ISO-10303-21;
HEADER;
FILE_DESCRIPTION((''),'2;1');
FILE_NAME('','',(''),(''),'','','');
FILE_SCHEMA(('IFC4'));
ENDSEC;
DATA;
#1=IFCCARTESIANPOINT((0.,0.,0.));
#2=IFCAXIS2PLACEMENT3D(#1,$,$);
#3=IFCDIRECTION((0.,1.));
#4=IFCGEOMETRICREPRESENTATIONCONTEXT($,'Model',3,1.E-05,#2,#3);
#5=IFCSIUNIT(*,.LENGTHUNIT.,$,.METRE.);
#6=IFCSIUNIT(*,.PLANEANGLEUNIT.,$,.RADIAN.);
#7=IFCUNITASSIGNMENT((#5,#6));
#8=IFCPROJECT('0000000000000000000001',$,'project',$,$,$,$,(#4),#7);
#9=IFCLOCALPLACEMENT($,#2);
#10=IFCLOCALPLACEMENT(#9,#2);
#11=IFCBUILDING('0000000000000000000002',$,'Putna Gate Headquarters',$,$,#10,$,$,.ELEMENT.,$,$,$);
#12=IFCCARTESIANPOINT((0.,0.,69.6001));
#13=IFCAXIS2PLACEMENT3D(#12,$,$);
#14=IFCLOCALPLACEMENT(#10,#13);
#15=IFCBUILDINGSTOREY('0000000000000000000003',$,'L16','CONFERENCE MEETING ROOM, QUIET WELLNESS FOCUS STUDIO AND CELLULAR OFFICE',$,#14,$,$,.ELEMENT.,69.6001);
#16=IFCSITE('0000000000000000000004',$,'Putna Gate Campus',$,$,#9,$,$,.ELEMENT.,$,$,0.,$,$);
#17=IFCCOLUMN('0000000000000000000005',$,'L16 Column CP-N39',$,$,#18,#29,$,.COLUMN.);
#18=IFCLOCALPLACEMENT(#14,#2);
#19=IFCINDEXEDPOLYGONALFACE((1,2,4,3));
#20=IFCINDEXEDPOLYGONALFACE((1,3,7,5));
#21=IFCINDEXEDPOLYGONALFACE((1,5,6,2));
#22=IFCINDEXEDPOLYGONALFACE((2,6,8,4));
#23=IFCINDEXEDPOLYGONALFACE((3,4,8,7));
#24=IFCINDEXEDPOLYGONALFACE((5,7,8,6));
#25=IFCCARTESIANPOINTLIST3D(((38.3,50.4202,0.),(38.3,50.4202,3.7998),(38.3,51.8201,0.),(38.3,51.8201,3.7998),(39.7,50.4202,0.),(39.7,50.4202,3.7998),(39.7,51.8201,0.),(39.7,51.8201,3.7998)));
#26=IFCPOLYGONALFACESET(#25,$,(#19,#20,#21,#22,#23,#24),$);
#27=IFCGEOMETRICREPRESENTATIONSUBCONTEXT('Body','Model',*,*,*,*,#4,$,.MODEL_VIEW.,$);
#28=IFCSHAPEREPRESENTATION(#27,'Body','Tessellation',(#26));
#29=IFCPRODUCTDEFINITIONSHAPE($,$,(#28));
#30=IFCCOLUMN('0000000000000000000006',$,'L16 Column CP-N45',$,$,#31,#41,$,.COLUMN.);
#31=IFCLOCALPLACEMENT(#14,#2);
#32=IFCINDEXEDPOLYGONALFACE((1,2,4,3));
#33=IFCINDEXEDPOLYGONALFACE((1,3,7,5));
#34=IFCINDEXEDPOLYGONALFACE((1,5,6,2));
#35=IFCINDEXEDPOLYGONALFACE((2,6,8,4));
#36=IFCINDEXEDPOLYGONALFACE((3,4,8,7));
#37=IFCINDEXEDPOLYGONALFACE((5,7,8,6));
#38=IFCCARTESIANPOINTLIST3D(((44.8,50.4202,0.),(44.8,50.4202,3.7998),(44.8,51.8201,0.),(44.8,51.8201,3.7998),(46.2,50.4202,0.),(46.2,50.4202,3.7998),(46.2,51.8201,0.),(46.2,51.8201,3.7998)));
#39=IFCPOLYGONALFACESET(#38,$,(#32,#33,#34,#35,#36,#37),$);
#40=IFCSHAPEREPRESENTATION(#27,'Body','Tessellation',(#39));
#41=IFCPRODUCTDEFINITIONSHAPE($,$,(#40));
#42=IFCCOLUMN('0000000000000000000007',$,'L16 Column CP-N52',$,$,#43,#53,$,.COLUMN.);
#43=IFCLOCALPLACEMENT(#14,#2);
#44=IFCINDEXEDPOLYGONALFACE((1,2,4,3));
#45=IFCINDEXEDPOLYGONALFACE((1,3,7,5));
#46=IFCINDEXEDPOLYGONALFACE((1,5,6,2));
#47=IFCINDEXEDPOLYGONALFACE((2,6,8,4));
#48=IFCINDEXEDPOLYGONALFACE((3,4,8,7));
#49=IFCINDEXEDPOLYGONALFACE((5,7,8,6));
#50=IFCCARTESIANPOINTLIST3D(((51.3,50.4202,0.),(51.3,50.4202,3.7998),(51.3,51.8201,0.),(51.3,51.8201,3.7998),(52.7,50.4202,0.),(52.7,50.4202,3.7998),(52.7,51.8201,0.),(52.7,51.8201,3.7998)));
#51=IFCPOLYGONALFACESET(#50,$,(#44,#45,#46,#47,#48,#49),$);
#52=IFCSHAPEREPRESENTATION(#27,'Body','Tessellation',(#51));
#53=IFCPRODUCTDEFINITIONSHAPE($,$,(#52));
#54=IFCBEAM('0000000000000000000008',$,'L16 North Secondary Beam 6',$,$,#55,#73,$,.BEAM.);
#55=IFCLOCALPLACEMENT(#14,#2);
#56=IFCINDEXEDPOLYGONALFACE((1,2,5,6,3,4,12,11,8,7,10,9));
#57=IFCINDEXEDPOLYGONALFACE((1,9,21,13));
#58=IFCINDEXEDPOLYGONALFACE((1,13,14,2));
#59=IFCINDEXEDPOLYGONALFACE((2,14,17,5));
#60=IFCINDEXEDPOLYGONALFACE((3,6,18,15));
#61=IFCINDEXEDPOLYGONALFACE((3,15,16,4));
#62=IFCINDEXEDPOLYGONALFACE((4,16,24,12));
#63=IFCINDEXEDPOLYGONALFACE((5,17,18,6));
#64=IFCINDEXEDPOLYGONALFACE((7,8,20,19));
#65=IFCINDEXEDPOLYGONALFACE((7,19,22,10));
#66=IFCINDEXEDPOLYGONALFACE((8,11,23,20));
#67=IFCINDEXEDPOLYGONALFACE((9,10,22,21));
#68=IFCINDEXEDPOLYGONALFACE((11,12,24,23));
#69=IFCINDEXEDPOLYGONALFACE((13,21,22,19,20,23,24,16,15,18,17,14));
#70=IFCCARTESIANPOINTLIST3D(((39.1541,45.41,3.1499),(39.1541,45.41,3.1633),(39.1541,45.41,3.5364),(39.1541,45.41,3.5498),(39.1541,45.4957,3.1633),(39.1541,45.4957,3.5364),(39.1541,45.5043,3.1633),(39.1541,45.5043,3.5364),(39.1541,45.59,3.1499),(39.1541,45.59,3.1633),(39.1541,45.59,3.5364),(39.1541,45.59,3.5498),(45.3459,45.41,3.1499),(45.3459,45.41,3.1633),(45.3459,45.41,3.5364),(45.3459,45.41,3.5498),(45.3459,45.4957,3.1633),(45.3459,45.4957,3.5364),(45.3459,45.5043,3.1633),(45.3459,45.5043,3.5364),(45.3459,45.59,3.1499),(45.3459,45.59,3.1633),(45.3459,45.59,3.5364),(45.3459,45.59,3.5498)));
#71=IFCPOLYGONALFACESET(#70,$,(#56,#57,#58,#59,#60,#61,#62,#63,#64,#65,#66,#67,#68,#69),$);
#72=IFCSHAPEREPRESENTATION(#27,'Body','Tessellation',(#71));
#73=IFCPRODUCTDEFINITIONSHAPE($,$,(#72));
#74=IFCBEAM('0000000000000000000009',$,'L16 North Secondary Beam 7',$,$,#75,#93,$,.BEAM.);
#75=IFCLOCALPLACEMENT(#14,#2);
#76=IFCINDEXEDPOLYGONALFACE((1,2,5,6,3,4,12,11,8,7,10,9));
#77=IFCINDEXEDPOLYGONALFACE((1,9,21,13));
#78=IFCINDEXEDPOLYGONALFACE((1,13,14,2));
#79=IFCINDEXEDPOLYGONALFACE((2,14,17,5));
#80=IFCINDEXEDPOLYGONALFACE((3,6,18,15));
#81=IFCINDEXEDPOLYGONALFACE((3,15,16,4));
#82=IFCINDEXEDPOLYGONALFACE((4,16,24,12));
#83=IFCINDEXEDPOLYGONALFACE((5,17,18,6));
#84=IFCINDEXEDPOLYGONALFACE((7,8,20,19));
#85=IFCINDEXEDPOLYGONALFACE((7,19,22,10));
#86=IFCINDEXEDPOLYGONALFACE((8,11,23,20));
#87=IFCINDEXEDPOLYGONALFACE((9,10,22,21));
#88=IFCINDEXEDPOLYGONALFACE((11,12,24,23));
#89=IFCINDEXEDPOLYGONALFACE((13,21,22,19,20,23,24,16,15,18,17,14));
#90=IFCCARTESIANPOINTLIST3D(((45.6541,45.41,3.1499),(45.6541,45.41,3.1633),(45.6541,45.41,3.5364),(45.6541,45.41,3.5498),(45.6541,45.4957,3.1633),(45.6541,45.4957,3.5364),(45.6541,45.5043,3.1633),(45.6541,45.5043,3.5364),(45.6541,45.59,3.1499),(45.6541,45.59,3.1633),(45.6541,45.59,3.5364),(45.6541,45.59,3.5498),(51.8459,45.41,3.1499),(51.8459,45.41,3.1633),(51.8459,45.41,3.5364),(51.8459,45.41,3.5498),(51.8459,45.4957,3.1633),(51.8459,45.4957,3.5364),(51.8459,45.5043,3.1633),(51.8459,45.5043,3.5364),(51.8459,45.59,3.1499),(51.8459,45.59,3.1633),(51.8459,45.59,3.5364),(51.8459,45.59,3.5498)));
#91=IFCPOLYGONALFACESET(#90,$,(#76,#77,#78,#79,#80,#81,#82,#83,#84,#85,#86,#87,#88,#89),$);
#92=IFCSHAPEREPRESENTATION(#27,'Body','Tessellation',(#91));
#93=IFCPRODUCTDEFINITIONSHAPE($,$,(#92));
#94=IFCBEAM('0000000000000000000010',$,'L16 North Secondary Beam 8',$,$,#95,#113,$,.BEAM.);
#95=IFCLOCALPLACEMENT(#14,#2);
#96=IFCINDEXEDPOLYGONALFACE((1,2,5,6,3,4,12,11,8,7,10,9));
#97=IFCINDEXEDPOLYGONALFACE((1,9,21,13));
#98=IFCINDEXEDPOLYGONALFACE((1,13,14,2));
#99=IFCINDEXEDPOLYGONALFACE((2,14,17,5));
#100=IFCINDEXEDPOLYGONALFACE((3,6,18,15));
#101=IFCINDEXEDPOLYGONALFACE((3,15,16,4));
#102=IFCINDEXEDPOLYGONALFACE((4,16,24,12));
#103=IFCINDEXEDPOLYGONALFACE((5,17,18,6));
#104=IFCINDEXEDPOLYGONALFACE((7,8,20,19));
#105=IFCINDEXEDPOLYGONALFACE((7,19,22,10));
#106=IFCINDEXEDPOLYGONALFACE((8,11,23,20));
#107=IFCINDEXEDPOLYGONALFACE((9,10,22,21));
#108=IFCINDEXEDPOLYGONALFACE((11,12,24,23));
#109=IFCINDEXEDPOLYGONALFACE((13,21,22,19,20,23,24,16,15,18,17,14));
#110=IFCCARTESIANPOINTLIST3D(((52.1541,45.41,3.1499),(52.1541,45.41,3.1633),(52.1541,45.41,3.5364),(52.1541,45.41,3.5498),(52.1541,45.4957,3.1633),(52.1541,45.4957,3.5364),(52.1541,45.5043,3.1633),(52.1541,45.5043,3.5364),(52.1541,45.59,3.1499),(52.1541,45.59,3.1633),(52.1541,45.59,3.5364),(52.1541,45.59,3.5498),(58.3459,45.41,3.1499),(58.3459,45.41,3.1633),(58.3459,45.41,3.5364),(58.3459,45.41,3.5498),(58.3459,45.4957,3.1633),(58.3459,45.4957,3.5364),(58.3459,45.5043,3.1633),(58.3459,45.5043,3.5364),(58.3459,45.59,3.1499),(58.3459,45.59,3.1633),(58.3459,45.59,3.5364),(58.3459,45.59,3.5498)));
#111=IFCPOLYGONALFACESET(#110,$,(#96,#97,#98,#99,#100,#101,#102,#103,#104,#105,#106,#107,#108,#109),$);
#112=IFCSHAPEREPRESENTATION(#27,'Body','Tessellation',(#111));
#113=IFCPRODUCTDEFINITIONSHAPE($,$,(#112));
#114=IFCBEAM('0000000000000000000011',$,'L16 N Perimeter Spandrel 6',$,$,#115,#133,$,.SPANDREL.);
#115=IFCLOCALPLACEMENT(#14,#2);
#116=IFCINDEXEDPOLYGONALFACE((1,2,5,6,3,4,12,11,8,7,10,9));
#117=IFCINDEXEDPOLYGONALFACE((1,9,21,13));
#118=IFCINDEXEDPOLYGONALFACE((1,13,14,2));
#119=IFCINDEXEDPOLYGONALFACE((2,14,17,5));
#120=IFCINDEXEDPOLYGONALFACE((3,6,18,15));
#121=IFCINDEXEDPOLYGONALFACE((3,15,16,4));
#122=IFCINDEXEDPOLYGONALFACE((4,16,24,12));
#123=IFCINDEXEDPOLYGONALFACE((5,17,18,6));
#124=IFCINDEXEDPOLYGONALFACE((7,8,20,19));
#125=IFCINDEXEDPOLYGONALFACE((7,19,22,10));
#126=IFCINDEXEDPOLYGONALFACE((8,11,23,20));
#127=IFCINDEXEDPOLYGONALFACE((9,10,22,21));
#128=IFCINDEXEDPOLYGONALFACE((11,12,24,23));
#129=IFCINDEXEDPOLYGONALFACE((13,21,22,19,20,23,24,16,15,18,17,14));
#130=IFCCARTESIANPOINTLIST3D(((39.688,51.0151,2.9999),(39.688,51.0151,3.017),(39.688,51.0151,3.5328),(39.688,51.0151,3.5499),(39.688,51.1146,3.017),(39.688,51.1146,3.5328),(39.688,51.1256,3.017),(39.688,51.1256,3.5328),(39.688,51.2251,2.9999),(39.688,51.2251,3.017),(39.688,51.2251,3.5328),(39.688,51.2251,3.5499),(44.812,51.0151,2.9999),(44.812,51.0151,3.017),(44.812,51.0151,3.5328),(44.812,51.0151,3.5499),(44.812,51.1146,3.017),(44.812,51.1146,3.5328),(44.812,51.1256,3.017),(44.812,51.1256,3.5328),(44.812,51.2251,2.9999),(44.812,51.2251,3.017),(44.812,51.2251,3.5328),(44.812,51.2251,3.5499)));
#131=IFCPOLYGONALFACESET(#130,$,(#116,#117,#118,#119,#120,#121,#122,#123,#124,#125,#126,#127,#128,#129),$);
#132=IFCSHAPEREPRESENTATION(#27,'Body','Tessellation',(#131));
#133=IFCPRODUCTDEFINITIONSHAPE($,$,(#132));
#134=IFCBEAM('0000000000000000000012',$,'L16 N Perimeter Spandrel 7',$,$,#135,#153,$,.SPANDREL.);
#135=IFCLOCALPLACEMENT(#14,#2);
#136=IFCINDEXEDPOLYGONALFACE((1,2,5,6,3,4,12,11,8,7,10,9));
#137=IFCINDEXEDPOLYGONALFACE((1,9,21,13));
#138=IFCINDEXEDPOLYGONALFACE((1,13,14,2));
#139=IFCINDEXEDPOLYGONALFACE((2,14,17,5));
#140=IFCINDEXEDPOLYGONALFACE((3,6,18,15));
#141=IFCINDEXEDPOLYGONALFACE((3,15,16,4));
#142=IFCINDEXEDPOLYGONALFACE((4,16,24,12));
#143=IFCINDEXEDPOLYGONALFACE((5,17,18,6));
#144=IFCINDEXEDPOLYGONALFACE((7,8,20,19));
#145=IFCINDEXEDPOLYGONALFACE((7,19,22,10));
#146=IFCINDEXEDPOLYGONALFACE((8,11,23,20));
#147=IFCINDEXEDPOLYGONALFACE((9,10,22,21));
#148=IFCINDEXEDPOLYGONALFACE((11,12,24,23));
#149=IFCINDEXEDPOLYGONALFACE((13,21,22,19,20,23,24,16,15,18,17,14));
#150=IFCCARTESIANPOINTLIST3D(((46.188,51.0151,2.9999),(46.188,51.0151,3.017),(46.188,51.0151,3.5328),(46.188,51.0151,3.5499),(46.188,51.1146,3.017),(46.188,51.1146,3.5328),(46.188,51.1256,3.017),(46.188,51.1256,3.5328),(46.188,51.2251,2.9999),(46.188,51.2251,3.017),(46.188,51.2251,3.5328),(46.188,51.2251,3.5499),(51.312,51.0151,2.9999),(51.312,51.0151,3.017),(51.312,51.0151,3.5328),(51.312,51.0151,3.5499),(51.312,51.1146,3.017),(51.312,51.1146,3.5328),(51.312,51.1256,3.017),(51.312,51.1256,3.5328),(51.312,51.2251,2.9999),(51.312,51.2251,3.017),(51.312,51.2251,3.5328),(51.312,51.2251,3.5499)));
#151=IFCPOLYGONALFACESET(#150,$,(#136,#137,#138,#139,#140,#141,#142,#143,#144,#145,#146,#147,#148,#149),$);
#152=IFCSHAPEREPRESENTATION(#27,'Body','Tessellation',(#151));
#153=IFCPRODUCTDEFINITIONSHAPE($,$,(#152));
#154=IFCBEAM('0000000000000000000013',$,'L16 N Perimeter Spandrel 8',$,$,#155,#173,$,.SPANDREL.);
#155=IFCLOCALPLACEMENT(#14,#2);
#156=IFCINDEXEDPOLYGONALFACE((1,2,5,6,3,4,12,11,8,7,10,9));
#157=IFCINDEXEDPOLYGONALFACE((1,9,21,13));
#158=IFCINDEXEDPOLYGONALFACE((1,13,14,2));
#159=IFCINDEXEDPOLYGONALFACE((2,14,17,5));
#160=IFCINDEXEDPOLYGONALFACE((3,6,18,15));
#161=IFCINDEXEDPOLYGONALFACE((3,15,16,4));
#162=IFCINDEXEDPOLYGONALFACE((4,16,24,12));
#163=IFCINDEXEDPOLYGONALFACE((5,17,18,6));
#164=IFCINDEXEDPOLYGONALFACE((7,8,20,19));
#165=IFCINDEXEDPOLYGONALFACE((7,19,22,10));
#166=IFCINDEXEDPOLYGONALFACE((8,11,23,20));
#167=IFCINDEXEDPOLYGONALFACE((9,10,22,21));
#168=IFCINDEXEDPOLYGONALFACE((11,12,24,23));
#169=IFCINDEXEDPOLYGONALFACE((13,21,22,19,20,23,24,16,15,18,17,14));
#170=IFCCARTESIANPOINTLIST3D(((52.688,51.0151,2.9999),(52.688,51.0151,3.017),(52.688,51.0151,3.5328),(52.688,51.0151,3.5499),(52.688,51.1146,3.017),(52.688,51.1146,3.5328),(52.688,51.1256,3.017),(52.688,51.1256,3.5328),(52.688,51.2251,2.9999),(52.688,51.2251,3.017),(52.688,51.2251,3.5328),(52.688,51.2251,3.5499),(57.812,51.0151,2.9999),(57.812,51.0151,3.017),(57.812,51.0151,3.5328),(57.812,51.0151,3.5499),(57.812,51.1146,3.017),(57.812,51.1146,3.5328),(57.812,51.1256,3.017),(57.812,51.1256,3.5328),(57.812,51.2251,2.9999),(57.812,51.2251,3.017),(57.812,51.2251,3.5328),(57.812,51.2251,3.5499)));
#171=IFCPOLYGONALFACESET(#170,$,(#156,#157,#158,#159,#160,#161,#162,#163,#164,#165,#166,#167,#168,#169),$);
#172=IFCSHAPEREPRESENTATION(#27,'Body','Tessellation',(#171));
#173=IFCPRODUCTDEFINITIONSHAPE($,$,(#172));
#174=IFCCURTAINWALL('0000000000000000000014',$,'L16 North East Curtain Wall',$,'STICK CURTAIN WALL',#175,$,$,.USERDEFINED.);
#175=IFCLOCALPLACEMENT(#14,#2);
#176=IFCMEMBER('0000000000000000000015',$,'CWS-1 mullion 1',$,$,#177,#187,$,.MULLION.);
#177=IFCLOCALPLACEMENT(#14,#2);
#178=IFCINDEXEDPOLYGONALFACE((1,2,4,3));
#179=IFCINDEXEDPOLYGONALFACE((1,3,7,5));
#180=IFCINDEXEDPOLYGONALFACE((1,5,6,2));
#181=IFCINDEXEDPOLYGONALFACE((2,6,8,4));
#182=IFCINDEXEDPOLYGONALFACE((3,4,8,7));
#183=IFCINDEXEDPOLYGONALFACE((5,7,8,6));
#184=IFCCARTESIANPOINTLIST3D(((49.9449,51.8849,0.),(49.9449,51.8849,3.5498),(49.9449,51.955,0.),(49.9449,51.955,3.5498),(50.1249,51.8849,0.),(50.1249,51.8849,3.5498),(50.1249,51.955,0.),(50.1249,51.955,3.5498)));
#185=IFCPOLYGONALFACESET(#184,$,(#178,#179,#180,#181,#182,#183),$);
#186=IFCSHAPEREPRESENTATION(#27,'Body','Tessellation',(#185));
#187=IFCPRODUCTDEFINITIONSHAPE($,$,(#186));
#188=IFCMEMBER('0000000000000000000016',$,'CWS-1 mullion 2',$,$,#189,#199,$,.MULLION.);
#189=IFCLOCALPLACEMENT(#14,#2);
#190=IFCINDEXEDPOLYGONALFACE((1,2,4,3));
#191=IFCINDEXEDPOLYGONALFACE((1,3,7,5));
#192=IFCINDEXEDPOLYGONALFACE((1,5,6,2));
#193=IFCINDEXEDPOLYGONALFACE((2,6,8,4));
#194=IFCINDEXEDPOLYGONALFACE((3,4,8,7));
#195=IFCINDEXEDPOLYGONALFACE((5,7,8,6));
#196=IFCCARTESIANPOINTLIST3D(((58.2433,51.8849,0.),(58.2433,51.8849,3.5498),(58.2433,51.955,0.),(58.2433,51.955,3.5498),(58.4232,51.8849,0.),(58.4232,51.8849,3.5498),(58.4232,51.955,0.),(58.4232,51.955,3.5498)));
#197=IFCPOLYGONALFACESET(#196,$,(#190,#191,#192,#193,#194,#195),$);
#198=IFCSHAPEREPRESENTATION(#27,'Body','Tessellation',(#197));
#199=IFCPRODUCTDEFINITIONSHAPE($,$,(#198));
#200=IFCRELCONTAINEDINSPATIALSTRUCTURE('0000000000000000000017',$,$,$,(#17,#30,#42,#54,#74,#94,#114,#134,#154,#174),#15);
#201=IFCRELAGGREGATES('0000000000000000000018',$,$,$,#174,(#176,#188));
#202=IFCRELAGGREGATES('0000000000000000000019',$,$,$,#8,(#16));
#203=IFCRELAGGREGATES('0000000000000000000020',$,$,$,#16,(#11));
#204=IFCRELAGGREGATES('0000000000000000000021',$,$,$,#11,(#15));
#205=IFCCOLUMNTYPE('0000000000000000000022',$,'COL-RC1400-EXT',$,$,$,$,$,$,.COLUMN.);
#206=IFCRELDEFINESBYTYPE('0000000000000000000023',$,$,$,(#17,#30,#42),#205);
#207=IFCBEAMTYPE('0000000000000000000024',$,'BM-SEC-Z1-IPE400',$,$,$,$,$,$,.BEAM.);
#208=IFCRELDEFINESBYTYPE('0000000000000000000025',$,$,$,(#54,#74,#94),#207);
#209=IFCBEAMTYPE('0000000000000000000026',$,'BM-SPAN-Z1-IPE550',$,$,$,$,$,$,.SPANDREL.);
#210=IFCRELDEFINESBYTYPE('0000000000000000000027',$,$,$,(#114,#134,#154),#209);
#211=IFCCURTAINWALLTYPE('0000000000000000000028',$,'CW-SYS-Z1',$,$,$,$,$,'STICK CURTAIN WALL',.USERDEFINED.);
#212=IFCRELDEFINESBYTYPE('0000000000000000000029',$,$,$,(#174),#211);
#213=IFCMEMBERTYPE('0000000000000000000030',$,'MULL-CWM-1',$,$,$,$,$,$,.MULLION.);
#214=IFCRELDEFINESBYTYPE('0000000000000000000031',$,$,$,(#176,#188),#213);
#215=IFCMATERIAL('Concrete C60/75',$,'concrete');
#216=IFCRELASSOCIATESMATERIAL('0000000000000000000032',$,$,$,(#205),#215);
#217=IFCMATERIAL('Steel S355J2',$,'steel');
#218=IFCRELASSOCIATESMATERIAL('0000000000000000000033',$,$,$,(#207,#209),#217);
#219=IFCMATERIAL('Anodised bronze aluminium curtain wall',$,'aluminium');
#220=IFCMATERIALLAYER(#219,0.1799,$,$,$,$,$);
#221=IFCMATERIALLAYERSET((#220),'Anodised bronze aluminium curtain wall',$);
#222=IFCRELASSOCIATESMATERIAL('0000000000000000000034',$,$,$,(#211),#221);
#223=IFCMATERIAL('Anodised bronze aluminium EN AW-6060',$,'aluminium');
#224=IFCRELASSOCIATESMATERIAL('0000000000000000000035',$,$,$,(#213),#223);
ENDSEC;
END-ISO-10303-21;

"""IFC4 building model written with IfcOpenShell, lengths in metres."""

from ifc_helpers import new_model, si_unit, direction, frame, origin, origin_2d, place, context, subcontext, project, spatial, rectangle, i_section, extrude, material, layer, layer_set, material_profile, profile_set, type_object, element, aggregate, save


model = new_model("IFC4")

# Units and contexts
model_context = context("Model", 3, precision=1e-05, world=origin(), true_north=direction((0.0, 1.0)))
body_context = subcontext(model_context, "Body", "Model", "MODEL_VIEW")
ifc_project = project(units=[si_unit("LENGTHUNIT", "METRE"), si_unit("PLANEANGLEUNIT", "RADIAN")], contexts=[model_context])

# Site, building, storey
site_placement = place(None, origin())
site = spatial("IfcSite", under=ifc_project, at=site_placement, Name="Putna Gate Campus", CompositionType="ELEMENT", RefElevation=0.0)
building_placement = place(site_placement, origin())
building = spatial("IfcBuilding", under=site, at=building_placement, Name="Putna Gate Headquarters", CompositionType="ELEMENT")
storey_placement = place(building_placement, frame((0.0, 0.0, 69.6001)))
storey = spatial("IfcBuildingStorey", under=building, at=storey_placement, Name="L16", Description="CONFERENCE MEETING ROOM, QUIET WELLNESS FOCUS STUDIO AND CELLULAR OFFICE", CompositionType="ELEMENT", Elevation=69.6001)

# Columns
ifc_material_1 = material(Name="Concrete C60/75", Category="concrete")
ifc_material_profile_1 = material_profile(ifc_material_1, rectangle(XDim=1.3999, YDim=1.3999, at=origin_2d()), Name="Concrete C60/75")
ifc_profile_set_1 = profile_set([ifc_material_profile_1], Name="Concrete C60/75")
column_type = type_object("IfcColumnType", Name="COL-RC1400-EXT", PredefinedType="COLUMN", material=ifc_profile_set_1)
for number, where, z_axis, x_axis, name in (
    (1, (39.0, 51.1201, 0.0), (0.0, 0.0, 1.0), (1.0, 0.0, 0.0), "L16 Column CP-N39"),
    (2, (45.5, 51.1201, 0.0), (0.0, 0.0, 1.0), (1.0, 0.0, 0.0), "L16 Column CP-N45"),
    (3, (52.0, 51.1201, 0.0), (0.0, 0.0, 1.0), (1.0, 0.0, 0.0), "L16 Column CP-N52"),
):
    element("IfcColumn", number, at=place(storey_placement, frame(where, z_axis=z_axis, x_axis=x_axis)), inside=storey, type_object=column_type, Name=name, PredefinedType="COLUMN", context=body_context, shape_type="SweptSolid", body=[
        extrude(rectangle(XDim=1.3999, YDim=1.3999, at=origin_2d()), origin(), (0.0, 0.0, 1.0), 3.7998),
    ])

# Beams
ifc_material_2 = material(Name="Steel S355J2", Category="steel")
ifc_material_profile_2 = material_profile(ifc_material_2, i_section(OverallWidth=0.1799, OverallDepth=0.3999, WebThickness=0.0085, FlangeThickness=0.0134, at=origin_2d()), Name="Steel S355J2")
ifc_profile_set_2 = profile_set([ifc_material_profile_2], Name="Steel S355J2")
beam_type_1 = type_object("IfcBeamType", Name="BM-SEC-Z1-IPE400", PredefinedType="BEAM", material=ifc_profile_set_2)
for number, where, z_axis, x_axis, name in (
    (4, (39.1541, 45.5, 3.3499), (1.0, 0.0, 0.0), (0.0, 1.0, 0.0), "L16 North Secondary Beam 6"),
    (5, (45.6541, 45.5, 3.3499), (1.0, 0.0, 0.0), (0.0, 1.0, 0.0), "L16 North Secondary Beam 7"),
    (6, (52.1541, 45.5, 3.3499), (1.0, 0.0, 0.0), (0.0, 1.0, 0.0), "L16 North Secondary Beam 8"),
):
    element("IfcBeam", number, at=place(storey_placement, frame(where, z_axis=z_axis, x_axis=x_axis)), inside=storey, type_object=beam_type_1, Name=name, PredefinedType="BEAM", context=body_context, shape_type="SweptSolid", body=[
        extrude(i_section(OverallWidth=0.1799, OverallDepth=0.3999, WebThickness=0.0085, FlangeThickness=0.0134, at=origin_2d()), origin(), (0.0, 0.0, 1.0), 6.1919),
    ])
ifc_material_profile_3 = material_profile(ifc_material_2, i_section(OverallWidth=0.21, OverallDepth=0.55, WebThickness=0.011, FlangeThickness=0.0171, at=origin_2d()), Name="Steel S355J2")
ifc_profile_set_3 = profile_set([ifc_material_profile_3], Name="Steel S355J2")
beam_type_2 = type_object("IfcBeamType", Name="BM-SPAN-Z1-IPE550", PredefinedType="SPANDREL", material=ifc_profile_set_3)
for number, where, z_axis, x_axis, name in (
    (7, (39.688, 51.1201, 3.2749), (1.0, 0.0, 0.0), (0.0, 1.0, 0.0), "L16 N Perimeter Spandrel 6"),
    (8, (46.188, 51.1201, 3.2749), (1.0, 0.0, 0.0), (0.0, 1.0, 0.0), "L16 N Perimeter Spandrel 7"),
    (9, (52.688, 51.1201, 3.2749), (1.0, 0.0, 0.0), (0.0, 1.0, 0.0), "L16 N Perimeter Spandrel 8"),
):
    element("IfcBeam", number, at=place(storey_placement, frame(where, z_axis=z_axis, x_axis=x_axis)), inside=storey, type_object=beam_type_2, Name=name, PredefinedType="SPANDREL", context=body_context, shape_type="SweptSolid", body=[
        extrude(i_section(OverallWidth=0.21, OverallDepth=0.55, WebThickness=0.011, FlangeThickness=0.0171, at=origin_2d()), origin(), (0.0, 0.0, 1.0), 5.124),
    ])

# Curtain wall, members
ifc_material_3 = material(Name="Anodised bronze aluminium curtain wall", Category="aluminium")
ifc_layer_1 = layer(ifc_material_3, 0.1799)
ifc_layer_set_1 = layer_set([ifc_layer_1], Name="Anodised bronze aluminium curtain wall")
curtain_wall_type_1 = type_object("IfcCurtainWallType", Name="CW-SYS-Z1", ElementType="STICK CURTAIN WALL", PredefinedType="USERDEFINED", material=ifc_layer_set_1)
curtain_wall_1_placement = place(storey_placement, origin())
curtain_wall_1 = element("IfcCurtainWall", 10, at=curtain_wall_1_placement, inside=storey, type_object=curtain_wall_type_1, Name="L16 North East Curtain Wall", ObjectType="STICK CURTAIN WALL", PredefinedType="USERDEFINED")
ifc_material_4 = material(Name="Anodised bronze aluminium EN AW-6060", Category="aluminium")
ifc_material_profile_4 = material_profile(ifc_material_4, rectangle(XDim=0.0701, YDim=0.1799, at=origin_2d()), Name="Anodised bronze aluminium EN AW-6060")
ifc_profile_set_4 = profile_set([ifc_material_profile_4], Name="Anodised bronze aluminium EN AW-6060")
member_type_1 = type_object("IfcMemberType", Name="MULL-CWM-1", PredefinedType="MULLION", material=ifc_profile_set_4)
member_1_placement = place(storey_placement, frame((50.0349, 51.9199, 0.0), z_axis=(0.0, 0.0, 1.0), x_axis=(0.0, 1.0, 0.0)))
member_1 = element("IfcMember", 11, at=member_1_placement, type_object=member_type_1, Name="CWS-1 mullion 1", PredefinedType="MULLION", context=body_context, shape_type="SweptSolid", body=[
    extrude(rectangle(XDim=0.0701, YDim=0.1799, at=origin_2d()), origin(), (0.0, 0.0, 1.0), 3.5498),
])
member_2_placement = place(storey_placement, frame((58.3333, 51.9199, 0.0), z_axis=(0.0, 0.0, 1.0), x_axis=(0.0, 1.0, 0.0)))
member_2 = element("IfcMember", 12, at=member_2_placement, type_object=member_type_1, Name="CWS-1 mullion 2", PredefinedType="MULLION", context=body_context, shape_type="SweptSolid", body=[
    extrude(rectangle(XDim=0.0701, YDim=0.1799, at=origin_2d()), origin(), (0.0, 0.0, 1.0), 3.5498),
])

aggregate(curtain_wall_1, [member_1, member_2])

save(model, "model.ifc")
